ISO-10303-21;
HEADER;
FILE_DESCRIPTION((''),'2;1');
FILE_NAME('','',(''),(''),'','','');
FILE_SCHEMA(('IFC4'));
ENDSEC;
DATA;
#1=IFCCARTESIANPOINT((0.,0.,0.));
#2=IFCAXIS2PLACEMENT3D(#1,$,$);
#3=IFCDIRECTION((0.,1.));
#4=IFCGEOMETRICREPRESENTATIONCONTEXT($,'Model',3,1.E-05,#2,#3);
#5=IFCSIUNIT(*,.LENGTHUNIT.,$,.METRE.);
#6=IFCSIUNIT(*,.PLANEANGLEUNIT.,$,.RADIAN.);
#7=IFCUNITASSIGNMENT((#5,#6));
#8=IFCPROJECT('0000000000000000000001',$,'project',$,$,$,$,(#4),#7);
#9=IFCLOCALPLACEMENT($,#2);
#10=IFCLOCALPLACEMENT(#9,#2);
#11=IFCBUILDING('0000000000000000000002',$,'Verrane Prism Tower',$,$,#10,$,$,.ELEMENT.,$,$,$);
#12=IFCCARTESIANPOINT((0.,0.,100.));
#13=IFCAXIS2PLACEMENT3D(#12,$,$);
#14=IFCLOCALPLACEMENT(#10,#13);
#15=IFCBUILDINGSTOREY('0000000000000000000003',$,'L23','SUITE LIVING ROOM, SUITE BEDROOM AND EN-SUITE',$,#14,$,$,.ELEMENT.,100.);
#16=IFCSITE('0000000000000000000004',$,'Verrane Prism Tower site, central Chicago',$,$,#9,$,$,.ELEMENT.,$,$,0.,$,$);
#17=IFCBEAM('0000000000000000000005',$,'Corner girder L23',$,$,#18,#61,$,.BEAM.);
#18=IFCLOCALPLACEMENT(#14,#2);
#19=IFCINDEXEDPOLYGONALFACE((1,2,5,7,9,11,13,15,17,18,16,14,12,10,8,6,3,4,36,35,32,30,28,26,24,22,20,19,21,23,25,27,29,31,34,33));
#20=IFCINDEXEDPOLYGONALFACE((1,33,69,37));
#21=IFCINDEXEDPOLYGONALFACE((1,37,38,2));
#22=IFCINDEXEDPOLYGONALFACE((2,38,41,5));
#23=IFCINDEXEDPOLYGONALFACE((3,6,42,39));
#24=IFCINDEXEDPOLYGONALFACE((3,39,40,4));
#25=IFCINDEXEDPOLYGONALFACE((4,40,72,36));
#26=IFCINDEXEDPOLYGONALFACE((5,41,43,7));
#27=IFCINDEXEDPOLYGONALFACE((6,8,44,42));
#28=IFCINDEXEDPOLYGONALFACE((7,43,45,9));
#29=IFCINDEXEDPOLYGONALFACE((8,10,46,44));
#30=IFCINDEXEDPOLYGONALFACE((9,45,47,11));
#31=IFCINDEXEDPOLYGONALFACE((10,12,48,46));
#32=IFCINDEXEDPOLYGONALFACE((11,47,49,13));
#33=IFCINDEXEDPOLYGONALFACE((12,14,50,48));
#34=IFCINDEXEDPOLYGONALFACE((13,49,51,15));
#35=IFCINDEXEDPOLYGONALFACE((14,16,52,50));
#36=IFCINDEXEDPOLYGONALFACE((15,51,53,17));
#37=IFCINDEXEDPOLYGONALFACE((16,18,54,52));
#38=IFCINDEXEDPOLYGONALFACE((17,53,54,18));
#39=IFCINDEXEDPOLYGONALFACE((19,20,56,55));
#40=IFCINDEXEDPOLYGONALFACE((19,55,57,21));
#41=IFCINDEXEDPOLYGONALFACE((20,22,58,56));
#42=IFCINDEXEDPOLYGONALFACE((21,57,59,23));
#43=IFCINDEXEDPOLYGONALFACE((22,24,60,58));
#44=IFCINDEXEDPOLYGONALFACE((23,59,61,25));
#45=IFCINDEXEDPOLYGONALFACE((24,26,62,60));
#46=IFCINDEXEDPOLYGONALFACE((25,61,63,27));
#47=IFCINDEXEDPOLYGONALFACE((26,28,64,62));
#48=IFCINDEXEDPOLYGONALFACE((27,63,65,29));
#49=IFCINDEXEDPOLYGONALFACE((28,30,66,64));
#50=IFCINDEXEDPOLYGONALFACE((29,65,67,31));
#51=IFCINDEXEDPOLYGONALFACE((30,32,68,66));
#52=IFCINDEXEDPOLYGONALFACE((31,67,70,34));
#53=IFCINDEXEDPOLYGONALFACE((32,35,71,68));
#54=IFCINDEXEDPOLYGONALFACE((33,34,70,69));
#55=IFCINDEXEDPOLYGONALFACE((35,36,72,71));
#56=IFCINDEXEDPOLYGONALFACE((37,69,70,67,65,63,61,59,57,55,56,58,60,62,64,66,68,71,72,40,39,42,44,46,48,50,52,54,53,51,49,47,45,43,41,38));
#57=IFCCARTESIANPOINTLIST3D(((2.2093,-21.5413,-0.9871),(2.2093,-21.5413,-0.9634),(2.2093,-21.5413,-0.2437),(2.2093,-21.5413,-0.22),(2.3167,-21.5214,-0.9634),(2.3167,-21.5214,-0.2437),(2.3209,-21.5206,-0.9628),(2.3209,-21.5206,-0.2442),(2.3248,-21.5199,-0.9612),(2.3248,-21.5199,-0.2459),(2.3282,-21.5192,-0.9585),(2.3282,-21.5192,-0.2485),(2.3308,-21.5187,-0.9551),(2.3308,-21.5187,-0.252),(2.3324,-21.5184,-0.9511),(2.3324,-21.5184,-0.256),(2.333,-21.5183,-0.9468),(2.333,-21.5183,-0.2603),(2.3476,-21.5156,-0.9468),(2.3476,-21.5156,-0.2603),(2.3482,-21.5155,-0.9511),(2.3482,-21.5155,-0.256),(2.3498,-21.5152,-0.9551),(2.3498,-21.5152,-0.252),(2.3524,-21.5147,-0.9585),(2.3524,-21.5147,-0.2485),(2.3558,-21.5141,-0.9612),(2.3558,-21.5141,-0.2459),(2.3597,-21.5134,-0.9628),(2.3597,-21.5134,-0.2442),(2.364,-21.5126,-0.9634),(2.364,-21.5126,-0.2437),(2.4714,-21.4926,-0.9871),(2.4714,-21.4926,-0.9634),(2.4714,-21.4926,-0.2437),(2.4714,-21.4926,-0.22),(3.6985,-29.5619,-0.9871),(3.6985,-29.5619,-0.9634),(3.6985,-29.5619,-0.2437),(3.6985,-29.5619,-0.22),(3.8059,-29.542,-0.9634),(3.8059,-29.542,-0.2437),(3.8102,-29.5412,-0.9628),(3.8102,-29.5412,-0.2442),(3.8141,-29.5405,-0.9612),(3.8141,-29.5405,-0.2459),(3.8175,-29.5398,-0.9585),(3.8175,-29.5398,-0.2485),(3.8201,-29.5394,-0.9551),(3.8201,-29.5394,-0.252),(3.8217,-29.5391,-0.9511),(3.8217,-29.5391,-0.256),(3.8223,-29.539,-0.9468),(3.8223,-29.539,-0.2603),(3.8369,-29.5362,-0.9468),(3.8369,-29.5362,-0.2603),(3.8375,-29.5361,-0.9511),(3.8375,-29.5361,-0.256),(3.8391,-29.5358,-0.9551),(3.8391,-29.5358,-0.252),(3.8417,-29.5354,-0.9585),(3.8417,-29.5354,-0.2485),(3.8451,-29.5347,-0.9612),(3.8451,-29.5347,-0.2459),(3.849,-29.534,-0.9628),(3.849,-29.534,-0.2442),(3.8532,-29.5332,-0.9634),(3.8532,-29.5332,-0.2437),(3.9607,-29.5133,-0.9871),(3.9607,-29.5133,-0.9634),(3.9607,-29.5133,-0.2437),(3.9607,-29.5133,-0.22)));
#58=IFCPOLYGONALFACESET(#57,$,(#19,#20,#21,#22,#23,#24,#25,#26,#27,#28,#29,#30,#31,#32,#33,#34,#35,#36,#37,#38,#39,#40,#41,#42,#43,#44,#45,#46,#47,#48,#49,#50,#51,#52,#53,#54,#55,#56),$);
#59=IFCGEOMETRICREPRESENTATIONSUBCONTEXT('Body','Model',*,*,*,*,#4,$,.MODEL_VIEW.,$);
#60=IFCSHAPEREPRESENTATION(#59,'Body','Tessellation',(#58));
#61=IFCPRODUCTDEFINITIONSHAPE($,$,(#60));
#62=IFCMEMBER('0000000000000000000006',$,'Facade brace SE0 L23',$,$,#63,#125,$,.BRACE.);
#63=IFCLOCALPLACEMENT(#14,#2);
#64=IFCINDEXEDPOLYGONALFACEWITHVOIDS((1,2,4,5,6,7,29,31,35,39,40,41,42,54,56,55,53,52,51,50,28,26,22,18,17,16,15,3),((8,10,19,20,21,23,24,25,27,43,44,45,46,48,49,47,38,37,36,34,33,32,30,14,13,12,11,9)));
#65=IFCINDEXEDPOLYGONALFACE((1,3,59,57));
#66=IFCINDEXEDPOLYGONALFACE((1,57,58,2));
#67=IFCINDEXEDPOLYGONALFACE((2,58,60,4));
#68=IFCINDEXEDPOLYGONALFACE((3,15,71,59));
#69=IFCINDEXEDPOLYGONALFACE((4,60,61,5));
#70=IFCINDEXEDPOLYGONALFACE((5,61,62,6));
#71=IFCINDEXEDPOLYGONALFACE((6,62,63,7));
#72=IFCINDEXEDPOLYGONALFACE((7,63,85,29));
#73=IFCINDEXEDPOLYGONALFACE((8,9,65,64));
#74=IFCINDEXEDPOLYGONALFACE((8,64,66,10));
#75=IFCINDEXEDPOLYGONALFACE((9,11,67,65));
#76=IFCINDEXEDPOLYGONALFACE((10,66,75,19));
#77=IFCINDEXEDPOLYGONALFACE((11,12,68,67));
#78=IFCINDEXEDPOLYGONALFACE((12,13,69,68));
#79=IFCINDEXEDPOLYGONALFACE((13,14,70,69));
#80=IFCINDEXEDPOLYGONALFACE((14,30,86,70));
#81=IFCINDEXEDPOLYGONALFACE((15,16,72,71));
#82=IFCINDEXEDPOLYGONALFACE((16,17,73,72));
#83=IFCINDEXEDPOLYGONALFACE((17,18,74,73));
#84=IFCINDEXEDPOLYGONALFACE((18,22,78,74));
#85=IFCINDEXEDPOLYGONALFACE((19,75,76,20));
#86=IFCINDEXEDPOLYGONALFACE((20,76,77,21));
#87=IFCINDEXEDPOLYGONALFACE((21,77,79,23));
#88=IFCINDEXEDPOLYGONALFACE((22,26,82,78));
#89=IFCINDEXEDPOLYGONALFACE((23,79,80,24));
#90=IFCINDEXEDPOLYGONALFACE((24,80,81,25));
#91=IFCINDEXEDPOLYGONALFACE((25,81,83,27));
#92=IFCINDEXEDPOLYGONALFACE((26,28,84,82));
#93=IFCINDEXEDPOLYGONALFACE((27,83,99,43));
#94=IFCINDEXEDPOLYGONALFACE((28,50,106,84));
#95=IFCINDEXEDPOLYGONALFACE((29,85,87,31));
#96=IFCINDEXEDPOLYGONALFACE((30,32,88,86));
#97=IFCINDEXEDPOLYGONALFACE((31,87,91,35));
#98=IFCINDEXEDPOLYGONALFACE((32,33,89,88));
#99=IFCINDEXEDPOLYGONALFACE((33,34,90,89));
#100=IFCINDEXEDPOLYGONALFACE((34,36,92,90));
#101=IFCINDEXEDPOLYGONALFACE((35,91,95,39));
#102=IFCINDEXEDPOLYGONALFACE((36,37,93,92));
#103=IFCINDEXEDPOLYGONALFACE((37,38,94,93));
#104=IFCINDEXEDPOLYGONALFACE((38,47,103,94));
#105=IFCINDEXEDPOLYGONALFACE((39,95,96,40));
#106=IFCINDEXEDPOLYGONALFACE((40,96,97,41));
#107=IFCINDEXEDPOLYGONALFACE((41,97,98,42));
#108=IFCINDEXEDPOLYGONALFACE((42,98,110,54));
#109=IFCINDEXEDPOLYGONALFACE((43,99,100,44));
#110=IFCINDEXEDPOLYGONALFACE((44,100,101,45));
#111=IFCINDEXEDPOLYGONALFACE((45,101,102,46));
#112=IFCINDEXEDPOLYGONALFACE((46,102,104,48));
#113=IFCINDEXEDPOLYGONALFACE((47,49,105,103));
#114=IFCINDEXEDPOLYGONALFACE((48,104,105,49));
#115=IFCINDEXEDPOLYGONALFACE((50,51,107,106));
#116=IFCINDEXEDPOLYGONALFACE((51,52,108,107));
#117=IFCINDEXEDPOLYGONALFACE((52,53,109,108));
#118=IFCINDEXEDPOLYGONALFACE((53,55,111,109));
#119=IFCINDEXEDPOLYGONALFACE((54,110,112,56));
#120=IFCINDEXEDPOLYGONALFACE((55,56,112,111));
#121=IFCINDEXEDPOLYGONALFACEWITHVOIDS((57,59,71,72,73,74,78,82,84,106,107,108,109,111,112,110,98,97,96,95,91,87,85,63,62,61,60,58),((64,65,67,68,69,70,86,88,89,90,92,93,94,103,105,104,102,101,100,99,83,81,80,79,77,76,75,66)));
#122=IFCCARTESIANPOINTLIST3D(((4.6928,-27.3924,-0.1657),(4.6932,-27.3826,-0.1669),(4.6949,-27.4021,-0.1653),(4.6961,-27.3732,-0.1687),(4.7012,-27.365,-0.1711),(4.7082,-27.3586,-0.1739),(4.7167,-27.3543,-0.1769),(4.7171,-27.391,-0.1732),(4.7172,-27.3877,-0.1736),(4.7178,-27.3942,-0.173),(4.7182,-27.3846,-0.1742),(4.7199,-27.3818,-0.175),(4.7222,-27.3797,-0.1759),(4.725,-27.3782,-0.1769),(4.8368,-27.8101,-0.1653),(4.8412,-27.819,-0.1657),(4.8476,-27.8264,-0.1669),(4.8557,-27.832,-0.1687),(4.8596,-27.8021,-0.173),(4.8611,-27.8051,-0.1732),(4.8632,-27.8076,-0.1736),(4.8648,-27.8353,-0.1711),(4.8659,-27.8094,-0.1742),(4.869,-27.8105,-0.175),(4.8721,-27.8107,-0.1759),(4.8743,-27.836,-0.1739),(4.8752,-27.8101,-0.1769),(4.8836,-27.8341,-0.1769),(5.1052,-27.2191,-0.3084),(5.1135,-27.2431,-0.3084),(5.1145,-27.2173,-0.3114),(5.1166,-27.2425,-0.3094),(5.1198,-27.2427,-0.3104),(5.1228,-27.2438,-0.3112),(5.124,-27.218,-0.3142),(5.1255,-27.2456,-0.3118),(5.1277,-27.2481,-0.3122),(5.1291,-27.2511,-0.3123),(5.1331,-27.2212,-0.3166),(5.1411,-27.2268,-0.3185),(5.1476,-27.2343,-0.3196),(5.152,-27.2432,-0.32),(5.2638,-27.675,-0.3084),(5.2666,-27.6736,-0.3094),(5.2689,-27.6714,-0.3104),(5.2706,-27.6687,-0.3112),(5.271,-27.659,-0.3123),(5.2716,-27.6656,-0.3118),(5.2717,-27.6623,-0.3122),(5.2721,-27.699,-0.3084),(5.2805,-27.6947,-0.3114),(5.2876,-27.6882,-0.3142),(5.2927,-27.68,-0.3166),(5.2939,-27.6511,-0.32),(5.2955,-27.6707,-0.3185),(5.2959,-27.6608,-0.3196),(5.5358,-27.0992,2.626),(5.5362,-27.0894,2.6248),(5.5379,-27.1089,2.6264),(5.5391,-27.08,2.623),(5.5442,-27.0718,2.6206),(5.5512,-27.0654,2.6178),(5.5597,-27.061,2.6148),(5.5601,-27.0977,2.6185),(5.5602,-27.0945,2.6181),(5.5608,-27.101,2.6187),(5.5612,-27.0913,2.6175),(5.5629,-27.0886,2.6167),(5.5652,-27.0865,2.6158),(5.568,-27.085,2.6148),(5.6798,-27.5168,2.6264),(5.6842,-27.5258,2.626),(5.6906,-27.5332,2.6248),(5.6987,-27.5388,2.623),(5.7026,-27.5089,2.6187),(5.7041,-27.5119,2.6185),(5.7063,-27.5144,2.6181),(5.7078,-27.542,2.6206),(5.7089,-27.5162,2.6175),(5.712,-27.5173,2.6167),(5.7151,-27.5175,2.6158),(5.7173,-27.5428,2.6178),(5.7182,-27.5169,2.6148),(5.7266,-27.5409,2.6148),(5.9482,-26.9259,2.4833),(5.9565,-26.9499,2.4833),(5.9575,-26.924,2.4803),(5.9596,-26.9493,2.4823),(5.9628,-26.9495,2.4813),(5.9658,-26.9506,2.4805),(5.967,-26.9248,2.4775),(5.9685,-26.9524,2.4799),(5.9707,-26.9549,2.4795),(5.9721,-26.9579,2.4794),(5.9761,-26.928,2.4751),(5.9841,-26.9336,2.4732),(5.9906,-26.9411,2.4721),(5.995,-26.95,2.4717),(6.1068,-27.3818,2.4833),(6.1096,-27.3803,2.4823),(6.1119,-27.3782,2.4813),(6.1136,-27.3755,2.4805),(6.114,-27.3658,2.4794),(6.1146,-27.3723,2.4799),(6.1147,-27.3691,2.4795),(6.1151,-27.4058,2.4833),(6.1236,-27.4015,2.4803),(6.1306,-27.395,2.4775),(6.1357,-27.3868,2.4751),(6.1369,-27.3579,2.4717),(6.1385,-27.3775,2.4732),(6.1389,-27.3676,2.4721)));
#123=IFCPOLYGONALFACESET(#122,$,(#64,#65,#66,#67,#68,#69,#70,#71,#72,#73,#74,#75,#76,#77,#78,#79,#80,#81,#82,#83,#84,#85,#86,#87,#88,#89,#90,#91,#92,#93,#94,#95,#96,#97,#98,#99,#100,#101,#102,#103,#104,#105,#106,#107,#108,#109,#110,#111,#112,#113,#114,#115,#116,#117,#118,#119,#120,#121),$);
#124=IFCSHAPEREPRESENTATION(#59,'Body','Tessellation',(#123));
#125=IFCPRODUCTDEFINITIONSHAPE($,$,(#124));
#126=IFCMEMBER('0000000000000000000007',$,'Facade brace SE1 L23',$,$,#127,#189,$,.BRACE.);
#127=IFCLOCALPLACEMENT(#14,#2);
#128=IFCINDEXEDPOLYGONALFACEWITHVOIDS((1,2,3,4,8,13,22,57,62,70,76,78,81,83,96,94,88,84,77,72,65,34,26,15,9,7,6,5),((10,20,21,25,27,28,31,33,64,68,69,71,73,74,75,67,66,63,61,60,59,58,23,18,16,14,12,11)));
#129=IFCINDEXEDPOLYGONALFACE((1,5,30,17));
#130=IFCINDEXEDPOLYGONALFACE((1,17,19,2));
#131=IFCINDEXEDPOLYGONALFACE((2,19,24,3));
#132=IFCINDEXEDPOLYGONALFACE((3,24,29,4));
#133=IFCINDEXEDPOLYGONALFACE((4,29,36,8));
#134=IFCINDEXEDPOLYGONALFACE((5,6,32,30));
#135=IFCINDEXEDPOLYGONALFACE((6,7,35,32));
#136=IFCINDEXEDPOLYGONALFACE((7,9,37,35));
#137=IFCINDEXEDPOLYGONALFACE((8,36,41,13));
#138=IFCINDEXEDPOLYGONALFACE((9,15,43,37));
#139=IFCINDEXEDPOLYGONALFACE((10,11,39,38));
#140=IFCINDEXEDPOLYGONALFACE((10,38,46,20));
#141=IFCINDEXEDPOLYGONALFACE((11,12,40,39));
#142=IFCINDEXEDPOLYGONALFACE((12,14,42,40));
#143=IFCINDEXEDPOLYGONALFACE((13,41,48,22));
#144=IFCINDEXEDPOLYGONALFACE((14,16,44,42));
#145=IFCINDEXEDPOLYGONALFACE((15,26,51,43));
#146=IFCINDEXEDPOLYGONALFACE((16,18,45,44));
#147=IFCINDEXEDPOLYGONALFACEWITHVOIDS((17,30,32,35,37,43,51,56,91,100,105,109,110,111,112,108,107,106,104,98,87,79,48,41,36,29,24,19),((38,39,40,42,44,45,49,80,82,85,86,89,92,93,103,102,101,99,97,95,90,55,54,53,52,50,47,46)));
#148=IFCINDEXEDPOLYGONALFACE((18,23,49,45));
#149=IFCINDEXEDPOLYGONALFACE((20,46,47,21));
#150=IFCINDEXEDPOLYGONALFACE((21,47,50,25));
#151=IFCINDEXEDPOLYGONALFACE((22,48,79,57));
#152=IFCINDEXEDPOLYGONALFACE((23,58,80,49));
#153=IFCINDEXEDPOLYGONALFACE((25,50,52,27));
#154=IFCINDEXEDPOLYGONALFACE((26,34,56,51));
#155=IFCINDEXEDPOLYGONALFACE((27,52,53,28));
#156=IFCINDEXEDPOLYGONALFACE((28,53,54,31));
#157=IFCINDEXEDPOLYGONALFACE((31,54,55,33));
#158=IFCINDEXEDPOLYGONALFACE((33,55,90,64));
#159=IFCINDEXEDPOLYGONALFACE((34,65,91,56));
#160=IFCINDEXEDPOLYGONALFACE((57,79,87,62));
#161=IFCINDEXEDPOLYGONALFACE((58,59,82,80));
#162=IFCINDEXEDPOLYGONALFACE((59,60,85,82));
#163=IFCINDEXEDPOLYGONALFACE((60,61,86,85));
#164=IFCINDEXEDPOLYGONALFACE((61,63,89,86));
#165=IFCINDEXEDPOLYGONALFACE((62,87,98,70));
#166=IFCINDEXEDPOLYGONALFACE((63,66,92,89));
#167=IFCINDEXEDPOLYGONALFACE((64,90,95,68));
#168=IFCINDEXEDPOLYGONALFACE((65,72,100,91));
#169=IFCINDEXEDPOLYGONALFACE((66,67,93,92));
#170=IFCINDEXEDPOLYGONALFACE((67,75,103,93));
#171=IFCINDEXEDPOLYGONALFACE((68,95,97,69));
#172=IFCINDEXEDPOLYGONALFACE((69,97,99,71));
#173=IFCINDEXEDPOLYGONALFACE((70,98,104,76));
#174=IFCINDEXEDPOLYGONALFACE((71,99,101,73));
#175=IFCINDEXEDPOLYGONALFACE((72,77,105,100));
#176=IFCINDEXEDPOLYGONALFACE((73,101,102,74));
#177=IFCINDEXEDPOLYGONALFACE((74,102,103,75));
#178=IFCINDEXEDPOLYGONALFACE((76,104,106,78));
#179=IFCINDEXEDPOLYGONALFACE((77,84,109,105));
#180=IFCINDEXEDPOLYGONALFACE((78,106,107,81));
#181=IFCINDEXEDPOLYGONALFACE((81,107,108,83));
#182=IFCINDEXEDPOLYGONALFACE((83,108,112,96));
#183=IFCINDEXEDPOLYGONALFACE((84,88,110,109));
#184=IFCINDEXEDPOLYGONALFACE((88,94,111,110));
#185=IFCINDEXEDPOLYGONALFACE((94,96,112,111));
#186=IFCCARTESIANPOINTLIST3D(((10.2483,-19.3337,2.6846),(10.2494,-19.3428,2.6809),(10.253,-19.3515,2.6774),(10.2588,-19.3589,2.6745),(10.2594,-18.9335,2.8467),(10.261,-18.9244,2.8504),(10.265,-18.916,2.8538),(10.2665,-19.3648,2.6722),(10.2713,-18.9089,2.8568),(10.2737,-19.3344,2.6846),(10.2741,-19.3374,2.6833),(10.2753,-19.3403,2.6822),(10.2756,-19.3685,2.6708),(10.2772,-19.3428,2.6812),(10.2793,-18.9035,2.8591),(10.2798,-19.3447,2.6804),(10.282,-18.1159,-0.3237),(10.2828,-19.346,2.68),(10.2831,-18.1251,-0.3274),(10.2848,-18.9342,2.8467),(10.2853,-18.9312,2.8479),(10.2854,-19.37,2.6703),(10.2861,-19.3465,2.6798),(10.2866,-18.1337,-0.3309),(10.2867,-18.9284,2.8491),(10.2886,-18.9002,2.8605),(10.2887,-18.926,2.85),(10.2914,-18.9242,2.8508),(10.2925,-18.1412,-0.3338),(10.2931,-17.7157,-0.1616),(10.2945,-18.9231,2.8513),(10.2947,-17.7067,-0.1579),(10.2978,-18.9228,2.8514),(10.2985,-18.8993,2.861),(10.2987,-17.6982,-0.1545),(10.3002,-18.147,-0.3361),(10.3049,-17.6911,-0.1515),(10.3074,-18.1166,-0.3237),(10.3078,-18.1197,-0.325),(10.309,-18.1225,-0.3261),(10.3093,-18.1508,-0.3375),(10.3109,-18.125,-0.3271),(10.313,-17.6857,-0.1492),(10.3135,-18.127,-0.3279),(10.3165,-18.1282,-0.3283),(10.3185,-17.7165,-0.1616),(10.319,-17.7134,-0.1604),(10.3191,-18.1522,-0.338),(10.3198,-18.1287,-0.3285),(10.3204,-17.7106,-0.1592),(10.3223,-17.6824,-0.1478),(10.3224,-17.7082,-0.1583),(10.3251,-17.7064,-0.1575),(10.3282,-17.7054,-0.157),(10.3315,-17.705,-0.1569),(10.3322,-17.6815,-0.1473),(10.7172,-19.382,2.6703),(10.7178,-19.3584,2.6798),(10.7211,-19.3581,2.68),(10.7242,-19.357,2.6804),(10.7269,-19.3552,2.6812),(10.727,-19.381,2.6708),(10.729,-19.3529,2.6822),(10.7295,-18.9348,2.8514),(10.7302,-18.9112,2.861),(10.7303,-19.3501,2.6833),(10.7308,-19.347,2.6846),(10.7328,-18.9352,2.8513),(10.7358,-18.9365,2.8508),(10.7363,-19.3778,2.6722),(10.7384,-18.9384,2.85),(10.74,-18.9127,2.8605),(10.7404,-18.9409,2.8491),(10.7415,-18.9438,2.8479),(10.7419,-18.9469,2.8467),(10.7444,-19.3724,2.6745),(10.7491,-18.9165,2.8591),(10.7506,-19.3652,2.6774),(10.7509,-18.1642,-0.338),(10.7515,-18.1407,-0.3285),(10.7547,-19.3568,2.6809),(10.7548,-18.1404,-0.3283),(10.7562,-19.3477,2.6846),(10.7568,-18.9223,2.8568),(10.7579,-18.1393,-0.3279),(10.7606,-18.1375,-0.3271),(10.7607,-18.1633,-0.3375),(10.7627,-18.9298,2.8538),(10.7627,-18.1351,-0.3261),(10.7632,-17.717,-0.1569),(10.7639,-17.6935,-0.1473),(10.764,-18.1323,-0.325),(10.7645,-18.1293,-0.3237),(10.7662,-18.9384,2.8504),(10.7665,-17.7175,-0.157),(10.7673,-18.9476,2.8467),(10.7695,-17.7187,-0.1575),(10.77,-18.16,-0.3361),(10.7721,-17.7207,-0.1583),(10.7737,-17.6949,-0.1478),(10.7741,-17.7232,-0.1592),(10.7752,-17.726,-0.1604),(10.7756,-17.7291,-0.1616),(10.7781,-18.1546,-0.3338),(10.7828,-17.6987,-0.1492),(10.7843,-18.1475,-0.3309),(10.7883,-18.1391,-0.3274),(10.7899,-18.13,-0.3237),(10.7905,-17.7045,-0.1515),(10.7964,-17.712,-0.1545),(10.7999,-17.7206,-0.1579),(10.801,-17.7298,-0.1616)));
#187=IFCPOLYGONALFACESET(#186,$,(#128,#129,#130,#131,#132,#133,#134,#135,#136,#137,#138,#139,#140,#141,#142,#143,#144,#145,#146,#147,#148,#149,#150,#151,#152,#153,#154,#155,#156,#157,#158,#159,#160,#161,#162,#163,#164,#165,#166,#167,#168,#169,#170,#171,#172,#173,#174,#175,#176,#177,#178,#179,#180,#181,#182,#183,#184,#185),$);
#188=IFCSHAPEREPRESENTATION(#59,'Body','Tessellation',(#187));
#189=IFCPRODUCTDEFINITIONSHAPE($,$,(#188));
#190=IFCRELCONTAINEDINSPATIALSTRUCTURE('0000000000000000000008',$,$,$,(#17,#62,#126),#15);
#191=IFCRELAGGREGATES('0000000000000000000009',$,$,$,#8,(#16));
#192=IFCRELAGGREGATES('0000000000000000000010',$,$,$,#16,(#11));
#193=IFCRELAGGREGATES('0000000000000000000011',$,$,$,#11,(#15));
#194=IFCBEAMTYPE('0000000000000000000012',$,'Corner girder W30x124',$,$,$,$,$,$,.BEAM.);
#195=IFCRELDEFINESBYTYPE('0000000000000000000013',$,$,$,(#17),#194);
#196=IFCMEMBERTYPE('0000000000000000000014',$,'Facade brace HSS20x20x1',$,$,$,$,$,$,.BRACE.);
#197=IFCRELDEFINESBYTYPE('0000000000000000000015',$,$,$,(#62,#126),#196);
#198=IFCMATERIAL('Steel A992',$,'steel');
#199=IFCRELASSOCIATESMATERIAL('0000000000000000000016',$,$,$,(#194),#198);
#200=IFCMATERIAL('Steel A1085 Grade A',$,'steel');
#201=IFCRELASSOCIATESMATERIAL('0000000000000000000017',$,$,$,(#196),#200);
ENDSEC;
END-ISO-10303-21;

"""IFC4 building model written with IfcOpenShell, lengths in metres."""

from ifc_helpers import new_model, si_unit, direction, frame, origin, origin_2d, place, context, subcontext, project, spatial, hollow_rectangle, i_section, extrude, material, material_profile, profile_set, type_object, element, save


model = new_model("IFC4")

# Units and contexts
model_context = context("Model", 3, precision=1e-05, world=origin(), true_north=direction((0.0, 1.0)))
body_context = subcontext(model_context, "Body", "Model", "MODEL_VIEW")
ifc_project = project(units=[si_unit("LENGTHUNIT", "METRE"), si_unit("PLANEANGLEUNIT", "RADIAN")], contexts=[model_context])

# Site, building, storey
site_placement = place(None, origin())
site = spatial("IfcSite", under=ifc_project, at=site_placement, Name="Verrane Prism Tower site, central Chicago", CompositionType="ELEMENT", RefElevation=0.0)
building_placement = place(site_placement, origin())
building = spatial("IfcBuilding", under=site, at=building_placement, Name="Verrane Prism Tower", CompositionType="ELEMENT")
storey_placement = place(building_placement, frame((0.0, 0.0, 100.0)))
storey = spatial("IfcBuildingStorey", under=building, at=storey_placement, Name="L23", Description="SUITE LIVING ROOM, SUITE BEDROOM AND EN-SUITE", CompositionType="ELEMENT", Elevation=100.0)

# Beam
ifc_material_1 = material(Name="Steel A992", Category="steel")
ifc_material_profile_1 = material_profile(ifc_material_1, i_section(OverallWidth=0.2666, OverallDepth=0.7671, WebThickness=0.0149, FlangeThickness=0.0237, FilletRadius=0.0166, at=origin_2d()), Name="W30x124")
ifc_profile_set_1 = profile_set([ifc_material_profile_1], Name="Steel A992")
beam_type_1 = type_object("IfcBeamType", Name="Corner girder W30x124", PredefinedType="BEAM", material=ifc_profile_set_1)
beam_1_placement = place(storey_placement, frame((3.8296, -29.5376, -0.6035), z_axis=(-0.182561, 0.983195, 0.0), x_axis=(-0.983195, -0.182561, 0.0)))
element("IfcBeam", 1, at=beam_1_placement, inside=storey, type_object=beam_type_1, Name="Corner girder L23", PredefinedType="BEAM", context=body_context, shape_type="SweptSolid", body=[
    extrude(i_section(OverallWidth=0.2666, OverallDepth=0.7671, WebThickness=0.0149, FlangeThickness=0.0237, FilletRadius=0.0166, at=origin_2d()), origin(), (0.0, 0.0, 1.0), 8.1577),
])

# Members
ifc_material_2 = material(Name="Steel A1085 Grade A", Category="steel")
ifc_material_profile_2 = material_profile(ifc_material_2, hollow_rectangle(XDim=0.5081, YDim=0.5081, WallThickness=0.0254, InnerFilletRadius=0.0127, OuterFilletRadius=0.0381, at=origin_2d()), Name="HSS20x20x1")
ifc_profile_set_2 = profile_set([ifc_material_profile_2], Name="Steel A1085 Grade A")
member_type_1 = type_object("IfcMemberType", Name="Facade brace HSS20x20x1", PredefinedType="BRACE", material=ifc_profile_set_2)
member_1_placement = place(storey_placement, frame((4.9944, -27.5266, -0.2427), z_axis=(0.287625, 0.10004, 0.952504), x_axis=(-0.32851, 0.9445, 0.0)))
element("IfcMember", 2, at=member_1_placement, inside=storey, type_object=member_type_1, Name="Facade brace SE0 L23", PredefinedType="BRACE", context=body_context, shape_type="SweptSolid", body=[
    extrude(hollow_rectangle(XDim=0.5081, YDim=0.5081, WallThickness=0.0254, InnerFilletRadius=0.0127, OuterFilletRadius=0.0381, at=origin_2d()), origin(), (0.0, 0.0, 1.0), 2.9309),
])
member_2_placement = place(storey_placement, frame((10.5415, -17.9229, -0.2427), z_axis=(-0.010381, -0.375206, 0.926883), x_axis=(0.999618, -0.027656, 0.0)))
element("IfcMember", 3, at=member_2_placement, inside=storey, type_object=member_type_1, Name="Facade brace SE1 L23", PredefinedType="BRACE", context=body_context, shape_type="SweptSolid", body=[
    extrude(hollow_rectangle(XDim=0.5081, YDim=0.5081, WallThickness=0.0254, InnerFilletRadius=0.0127, OuterFilletRadius=0.0381, at=origin_2d()), origin(), (0.0, 0.0, 1.0), 3.2456),
])

save(model, "model.ifc")
